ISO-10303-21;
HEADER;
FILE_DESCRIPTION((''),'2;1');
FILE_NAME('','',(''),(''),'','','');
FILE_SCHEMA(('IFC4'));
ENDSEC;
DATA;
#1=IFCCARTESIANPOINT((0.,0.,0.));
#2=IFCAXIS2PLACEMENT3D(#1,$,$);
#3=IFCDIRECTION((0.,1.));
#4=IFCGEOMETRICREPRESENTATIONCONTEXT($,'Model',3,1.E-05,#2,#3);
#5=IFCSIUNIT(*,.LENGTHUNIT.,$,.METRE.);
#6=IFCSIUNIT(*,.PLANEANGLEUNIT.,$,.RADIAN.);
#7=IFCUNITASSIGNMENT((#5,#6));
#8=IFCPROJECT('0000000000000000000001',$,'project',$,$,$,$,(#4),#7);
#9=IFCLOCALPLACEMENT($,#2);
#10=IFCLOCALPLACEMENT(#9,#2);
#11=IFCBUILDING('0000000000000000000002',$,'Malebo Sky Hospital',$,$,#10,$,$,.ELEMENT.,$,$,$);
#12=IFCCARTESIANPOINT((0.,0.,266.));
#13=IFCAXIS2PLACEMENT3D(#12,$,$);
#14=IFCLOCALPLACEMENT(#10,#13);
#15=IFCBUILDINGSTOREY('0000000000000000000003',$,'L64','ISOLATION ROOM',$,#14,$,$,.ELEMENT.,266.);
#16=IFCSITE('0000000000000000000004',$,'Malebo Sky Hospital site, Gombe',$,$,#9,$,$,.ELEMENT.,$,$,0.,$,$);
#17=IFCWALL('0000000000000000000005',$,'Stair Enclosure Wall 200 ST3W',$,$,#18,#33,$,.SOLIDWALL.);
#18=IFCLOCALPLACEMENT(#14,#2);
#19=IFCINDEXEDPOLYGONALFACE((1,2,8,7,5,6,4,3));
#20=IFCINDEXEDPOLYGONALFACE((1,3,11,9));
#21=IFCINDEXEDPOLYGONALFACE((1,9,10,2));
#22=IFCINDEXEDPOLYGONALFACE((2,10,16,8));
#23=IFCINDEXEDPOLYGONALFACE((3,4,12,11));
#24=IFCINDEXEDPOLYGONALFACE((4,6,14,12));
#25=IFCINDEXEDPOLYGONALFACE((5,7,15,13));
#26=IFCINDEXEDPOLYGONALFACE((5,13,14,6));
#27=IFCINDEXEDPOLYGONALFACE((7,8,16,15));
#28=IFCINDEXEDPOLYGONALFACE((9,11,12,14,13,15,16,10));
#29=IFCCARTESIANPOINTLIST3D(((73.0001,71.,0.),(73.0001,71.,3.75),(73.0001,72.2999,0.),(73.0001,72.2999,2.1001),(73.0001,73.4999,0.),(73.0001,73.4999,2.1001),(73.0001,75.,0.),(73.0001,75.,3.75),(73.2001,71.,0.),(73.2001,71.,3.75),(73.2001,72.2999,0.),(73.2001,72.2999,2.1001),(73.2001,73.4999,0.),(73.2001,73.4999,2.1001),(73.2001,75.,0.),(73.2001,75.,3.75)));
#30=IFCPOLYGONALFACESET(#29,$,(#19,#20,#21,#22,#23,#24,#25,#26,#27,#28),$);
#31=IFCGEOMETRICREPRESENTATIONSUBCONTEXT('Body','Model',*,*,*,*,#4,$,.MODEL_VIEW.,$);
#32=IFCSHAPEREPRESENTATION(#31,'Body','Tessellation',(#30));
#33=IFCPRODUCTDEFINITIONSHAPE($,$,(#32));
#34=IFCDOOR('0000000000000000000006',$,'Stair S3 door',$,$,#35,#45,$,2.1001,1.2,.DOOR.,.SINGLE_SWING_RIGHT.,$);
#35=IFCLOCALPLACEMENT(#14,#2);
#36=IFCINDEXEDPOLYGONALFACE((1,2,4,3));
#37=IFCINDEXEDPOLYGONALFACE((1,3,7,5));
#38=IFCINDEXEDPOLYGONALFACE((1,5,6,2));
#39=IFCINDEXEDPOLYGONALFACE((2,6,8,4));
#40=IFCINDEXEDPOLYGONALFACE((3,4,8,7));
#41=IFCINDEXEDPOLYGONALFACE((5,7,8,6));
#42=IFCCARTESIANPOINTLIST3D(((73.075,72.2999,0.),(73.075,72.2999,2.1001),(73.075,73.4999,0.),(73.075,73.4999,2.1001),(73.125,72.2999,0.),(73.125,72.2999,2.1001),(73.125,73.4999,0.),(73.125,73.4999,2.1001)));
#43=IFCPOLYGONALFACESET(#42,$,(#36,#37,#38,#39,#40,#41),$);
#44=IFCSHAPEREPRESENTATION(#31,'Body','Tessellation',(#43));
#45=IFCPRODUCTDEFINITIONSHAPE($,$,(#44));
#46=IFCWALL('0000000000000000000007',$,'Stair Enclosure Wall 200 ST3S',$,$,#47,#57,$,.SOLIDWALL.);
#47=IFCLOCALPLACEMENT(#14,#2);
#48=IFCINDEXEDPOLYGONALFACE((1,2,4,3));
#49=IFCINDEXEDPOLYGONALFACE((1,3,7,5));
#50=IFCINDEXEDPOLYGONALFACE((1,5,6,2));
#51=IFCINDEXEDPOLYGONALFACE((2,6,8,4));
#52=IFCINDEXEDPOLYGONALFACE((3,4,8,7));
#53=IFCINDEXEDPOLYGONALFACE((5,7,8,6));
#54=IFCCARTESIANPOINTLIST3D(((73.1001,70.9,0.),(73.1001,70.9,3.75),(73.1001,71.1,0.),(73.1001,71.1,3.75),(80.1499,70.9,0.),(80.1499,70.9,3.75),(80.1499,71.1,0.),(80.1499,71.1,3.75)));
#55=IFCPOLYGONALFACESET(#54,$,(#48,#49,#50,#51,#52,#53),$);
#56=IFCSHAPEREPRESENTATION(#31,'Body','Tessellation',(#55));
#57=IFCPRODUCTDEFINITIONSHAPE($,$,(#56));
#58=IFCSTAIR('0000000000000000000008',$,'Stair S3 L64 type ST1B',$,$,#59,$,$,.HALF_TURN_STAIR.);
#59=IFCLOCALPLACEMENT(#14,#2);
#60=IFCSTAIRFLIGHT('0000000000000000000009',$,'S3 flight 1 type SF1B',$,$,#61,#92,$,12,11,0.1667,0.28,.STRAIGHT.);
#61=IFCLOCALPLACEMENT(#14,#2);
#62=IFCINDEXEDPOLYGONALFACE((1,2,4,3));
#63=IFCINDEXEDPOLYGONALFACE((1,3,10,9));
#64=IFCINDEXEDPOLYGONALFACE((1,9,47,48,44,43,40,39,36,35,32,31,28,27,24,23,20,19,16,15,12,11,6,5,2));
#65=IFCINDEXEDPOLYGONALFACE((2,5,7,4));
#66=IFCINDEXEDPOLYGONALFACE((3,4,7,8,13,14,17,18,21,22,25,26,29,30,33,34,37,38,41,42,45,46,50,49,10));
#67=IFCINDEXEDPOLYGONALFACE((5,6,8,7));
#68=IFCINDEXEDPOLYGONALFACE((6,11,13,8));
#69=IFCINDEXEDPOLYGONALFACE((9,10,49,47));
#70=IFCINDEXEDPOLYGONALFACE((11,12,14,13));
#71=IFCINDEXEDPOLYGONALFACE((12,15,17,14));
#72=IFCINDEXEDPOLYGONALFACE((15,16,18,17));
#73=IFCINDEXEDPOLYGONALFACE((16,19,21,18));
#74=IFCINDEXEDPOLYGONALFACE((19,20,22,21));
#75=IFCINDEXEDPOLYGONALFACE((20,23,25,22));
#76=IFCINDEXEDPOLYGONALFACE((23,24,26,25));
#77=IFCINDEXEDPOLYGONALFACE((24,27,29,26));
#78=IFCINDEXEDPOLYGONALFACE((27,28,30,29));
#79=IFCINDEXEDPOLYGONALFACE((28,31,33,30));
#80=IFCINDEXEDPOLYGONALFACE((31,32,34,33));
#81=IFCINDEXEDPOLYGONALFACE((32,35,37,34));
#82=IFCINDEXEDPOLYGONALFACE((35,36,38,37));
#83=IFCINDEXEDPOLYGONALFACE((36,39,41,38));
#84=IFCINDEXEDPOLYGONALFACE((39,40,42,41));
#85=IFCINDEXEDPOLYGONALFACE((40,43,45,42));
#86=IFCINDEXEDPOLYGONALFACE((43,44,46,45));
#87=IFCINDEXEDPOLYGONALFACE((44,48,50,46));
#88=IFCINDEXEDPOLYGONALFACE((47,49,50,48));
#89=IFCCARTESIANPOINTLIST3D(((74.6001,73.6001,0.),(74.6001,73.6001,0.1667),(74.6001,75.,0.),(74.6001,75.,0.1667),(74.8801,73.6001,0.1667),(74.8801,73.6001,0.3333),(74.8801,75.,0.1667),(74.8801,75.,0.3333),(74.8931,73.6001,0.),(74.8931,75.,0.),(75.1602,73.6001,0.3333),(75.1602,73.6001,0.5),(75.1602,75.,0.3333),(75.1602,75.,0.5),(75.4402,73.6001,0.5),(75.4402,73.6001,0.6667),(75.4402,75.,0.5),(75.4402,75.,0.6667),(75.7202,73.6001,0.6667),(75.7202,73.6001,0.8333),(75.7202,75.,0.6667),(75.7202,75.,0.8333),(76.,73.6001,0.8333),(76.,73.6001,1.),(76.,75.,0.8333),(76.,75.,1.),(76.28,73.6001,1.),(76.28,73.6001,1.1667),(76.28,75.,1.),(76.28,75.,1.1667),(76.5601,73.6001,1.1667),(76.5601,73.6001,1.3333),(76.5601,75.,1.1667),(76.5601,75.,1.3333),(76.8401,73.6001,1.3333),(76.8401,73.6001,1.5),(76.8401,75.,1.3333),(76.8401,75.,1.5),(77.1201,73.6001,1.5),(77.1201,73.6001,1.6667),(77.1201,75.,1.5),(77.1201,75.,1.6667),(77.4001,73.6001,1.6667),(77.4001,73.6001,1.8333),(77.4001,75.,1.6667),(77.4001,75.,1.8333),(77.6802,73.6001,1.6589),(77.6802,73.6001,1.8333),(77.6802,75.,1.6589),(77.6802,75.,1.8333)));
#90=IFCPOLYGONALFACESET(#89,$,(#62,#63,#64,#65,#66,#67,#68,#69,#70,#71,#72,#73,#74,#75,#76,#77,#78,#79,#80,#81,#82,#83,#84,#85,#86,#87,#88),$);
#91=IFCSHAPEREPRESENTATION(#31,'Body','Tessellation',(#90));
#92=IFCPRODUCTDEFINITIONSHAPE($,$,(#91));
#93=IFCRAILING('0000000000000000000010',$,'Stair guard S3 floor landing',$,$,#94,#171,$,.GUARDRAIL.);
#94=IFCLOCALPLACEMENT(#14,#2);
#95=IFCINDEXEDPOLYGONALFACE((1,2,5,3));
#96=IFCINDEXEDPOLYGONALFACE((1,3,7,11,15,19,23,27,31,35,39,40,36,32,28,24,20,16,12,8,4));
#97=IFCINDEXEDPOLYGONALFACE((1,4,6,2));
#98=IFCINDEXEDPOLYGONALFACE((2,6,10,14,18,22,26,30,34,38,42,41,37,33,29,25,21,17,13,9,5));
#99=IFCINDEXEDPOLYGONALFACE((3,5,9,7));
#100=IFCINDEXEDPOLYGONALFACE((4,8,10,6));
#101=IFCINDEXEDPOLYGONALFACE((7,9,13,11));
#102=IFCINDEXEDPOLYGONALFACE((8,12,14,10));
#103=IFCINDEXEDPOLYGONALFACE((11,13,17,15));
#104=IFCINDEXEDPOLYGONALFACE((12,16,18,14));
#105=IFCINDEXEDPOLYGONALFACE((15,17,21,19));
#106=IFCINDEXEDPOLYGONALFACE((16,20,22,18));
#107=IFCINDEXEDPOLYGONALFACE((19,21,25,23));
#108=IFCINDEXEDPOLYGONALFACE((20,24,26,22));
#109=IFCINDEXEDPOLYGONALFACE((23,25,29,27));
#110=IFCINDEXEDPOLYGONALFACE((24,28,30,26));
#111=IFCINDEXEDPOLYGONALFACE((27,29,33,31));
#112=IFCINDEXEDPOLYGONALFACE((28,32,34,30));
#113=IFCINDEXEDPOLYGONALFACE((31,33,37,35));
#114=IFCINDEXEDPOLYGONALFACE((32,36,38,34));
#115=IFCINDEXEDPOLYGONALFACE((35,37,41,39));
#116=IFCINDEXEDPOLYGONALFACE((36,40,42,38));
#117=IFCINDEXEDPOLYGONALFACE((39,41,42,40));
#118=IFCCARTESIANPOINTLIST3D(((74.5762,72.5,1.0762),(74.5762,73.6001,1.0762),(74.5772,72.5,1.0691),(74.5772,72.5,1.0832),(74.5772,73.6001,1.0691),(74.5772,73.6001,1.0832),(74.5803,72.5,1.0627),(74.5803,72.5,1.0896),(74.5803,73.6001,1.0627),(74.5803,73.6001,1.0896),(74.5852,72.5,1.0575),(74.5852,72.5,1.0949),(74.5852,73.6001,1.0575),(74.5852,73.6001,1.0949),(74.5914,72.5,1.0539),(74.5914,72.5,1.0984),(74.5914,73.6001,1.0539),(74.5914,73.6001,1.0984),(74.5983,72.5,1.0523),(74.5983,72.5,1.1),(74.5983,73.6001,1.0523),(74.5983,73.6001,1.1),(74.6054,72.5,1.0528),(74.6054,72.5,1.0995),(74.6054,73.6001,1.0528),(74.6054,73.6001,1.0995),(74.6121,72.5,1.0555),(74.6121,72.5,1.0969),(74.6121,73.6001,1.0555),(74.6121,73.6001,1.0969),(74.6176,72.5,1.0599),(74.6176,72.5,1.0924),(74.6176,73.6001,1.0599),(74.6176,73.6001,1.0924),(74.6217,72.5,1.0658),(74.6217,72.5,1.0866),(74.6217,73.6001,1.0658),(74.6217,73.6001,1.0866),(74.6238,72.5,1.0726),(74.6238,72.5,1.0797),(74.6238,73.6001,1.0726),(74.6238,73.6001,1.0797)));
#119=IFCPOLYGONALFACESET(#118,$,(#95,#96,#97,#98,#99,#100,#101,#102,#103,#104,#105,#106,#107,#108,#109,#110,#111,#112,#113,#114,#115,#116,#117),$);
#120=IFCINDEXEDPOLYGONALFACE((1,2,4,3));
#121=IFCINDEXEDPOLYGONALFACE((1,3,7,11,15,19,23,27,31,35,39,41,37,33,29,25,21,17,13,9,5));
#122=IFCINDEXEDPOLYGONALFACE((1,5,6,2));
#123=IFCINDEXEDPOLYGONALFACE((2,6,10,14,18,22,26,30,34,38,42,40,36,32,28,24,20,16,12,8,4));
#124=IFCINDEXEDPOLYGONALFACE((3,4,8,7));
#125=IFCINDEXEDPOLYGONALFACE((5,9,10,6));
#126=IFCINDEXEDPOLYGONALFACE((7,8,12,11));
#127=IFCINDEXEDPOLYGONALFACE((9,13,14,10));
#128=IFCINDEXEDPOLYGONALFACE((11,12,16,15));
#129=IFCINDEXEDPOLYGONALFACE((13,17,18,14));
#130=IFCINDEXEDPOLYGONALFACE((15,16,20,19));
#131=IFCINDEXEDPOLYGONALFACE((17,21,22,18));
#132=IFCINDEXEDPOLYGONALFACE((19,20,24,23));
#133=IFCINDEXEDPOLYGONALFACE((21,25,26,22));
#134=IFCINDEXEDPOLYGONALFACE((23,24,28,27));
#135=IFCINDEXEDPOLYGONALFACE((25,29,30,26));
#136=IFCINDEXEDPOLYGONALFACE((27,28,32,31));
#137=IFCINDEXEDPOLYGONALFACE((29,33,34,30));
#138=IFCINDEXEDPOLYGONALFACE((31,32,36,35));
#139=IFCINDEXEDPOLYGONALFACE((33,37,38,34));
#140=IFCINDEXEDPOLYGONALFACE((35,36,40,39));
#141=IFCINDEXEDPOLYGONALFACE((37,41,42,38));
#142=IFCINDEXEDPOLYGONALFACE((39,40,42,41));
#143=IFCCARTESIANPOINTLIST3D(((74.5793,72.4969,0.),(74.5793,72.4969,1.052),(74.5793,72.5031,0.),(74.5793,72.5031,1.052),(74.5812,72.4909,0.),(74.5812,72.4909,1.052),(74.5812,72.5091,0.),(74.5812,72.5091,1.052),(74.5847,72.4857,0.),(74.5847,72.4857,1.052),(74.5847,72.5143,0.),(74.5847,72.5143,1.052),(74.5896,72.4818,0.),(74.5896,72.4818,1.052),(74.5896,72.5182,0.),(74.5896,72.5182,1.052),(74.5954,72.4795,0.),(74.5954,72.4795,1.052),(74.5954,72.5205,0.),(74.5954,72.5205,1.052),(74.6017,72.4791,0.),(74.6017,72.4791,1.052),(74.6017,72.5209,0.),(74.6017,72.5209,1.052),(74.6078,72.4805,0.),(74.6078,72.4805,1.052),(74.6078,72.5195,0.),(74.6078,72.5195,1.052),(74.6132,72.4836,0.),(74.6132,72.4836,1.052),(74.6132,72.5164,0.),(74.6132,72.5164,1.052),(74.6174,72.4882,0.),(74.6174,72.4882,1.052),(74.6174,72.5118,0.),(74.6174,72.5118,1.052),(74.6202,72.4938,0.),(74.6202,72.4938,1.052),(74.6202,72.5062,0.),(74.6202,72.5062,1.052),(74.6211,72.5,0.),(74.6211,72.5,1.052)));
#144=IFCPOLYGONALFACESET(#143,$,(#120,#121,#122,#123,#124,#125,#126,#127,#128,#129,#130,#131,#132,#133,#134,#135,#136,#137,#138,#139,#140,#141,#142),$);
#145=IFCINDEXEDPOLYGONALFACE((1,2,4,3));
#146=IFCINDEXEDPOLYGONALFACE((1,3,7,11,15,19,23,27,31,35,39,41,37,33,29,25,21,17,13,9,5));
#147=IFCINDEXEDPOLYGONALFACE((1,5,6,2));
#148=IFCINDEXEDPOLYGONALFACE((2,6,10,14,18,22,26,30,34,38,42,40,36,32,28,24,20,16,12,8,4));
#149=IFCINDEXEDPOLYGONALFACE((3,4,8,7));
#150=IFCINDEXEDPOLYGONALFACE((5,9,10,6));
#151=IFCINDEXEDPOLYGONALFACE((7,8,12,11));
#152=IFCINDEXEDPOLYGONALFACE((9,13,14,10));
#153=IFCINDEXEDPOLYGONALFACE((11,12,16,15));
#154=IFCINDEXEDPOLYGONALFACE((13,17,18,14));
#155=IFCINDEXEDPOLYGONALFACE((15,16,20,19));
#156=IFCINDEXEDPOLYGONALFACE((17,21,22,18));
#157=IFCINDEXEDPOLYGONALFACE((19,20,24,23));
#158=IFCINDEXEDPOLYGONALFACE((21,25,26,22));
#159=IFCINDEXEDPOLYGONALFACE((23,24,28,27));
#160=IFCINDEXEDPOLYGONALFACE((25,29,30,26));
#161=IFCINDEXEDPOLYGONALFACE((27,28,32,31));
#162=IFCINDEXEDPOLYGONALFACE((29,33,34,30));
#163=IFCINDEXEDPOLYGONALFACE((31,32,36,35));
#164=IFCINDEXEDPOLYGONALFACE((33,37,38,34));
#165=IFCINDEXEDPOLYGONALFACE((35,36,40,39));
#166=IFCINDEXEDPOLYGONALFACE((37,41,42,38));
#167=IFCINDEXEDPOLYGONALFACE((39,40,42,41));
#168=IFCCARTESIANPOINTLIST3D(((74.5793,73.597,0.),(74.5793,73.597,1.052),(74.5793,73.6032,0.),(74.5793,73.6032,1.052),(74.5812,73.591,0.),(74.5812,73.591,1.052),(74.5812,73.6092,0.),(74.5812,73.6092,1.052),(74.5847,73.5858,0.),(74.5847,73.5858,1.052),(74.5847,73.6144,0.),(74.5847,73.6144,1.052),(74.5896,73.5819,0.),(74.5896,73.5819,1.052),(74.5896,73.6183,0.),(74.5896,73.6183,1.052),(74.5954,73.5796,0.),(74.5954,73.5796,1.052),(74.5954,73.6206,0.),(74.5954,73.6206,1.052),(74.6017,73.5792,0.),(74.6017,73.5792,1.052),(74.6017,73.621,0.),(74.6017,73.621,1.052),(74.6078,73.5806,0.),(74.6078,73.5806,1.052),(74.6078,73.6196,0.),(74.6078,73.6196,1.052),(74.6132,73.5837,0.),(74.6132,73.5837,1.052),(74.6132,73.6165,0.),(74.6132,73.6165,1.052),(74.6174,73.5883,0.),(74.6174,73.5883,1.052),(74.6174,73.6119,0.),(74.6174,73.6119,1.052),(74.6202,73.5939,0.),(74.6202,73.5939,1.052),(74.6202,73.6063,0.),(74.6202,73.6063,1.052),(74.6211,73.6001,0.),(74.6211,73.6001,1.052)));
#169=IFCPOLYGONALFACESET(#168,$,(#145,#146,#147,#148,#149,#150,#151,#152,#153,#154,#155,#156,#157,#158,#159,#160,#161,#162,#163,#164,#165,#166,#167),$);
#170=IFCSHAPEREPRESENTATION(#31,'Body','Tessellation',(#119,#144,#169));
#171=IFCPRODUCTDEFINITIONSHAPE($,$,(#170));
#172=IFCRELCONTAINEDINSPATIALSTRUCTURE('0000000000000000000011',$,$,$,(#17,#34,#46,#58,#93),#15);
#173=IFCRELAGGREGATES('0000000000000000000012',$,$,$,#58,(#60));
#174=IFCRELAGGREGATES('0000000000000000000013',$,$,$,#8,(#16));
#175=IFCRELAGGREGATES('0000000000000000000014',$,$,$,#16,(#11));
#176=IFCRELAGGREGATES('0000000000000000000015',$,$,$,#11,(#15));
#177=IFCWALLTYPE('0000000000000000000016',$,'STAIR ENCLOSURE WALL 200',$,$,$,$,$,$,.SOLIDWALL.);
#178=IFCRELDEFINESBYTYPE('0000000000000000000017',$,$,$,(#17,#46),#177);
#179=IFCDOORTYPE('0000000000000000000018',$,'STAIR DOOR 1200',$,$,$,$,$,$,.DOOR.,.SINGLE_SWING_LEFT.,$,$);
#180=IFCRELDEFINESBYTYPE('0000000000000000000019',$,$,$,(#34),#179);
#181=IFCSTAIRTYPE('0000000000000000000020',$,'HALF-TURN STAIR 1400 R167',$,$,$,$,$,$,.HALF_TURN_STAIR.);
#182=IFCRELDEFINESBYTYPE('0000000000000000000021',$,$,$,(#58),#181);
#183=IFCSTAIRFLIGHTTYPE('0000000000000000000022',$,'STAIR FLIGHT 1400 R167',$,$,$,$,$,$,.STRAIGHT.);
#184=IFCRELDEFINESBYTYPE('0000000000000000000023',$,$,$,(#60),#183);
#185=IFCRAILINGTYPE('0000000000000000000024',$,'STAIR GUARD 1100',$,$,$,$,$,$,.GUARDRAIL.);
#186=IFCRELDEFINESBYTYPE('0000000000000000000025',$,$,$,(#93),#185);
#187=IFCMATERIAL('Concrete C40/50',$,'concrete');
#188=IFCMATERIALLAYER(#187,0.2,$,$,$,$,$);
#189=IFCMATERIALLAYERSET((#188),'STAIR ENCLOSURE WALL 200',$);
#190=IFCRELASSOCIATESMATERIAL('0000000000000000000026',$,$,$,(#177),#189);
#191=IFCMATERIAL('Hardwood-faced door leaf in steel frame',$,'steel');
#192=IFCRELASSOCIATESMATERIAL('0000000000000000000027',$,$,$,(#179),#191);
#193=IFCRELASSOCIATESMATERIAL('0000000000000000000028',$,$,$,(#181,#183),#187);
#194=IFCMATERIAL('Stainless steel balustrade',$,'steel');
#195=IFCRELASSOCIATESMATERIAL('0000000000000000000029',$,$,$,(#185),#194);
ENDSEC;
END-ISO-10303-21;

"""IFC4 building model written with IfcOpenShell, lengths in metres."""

from ifc_helpers import new_model, si_unit, direction, frame, frame_2d, origin, origin_2d, place, context, subcontext, project, spatial, polyline, rectangle, circle, outline, extrude, material, layer, layer_set, type_object, element, fill, aggregate, save


model = new_model("IFC4")

# Units and contexts
model_context = context("Model", 3, precision=1e-05, world=origin(), true_north=direction((0.0, 1.0)))
body_context = subcontext(model_context, "Body", "Model", "MODEL_VIEW")
ifc_project = project(units=[si_unit("LENGTHUNIT", "METRE"), si_unit("PLANEANGLEUNIT", "RADIAN")], contexts=[model_context])

# Site, building, storey
site_placement = place(None, origin())
site = spatial("IfcSite", under=ifc_project, at=site_placement, Name="Malebo Sky Hospital site, Gombe", CompositionType="ELEMENT", RefElevation=0.0)
building_placement = place(site_placement, origin())
building = spatial("IfcBuilding", under=site, at=building_placement, Name="Malebo Sky Hospital", CompositionType="ELEMENT")
storey_placement = place(building_placement, frame((0.0, 0.0, 266.0)))
storey = spatial("IfcBuildingStorey", under=building, at=storey_placement, Name="L64", Description="ISOLATION ROOM", CompositionType="ELEMENT", Elevation=266.0)

# Shared definitions
ifc_material_1 = material(Name="Hardwood-faced door leaf in steel frame", Category="steel")

# Wall, opening, door
ifc_material_2 = material(Name="Concrete C40/50", Category="concrete")
ifc_layer_1 = layer(ifc_material_2, 0.2)
ifc_layer_set_1 = layer_set([ifc_layer_1], Name="STAIR ENCLOSURE WALL 200")
wall_type_1 = type_object("IfcWallType", Name="STAIR ENCLOSURE WALL 200", PredefinedType="SOLIDWALL", material=ifc_layer_set_1)
wall_1_placement = place(storey_placement, frame((73.1001, 75.0, 0.0), z_axis=(0.0, 0.0, 1.0), x_axis=(0.0, -1.0, 0.0)))
wall_1 = element("IfcWall", 1, at=wall_1_placement, inside=storey, type_object=wall_type_1, Name="Stair Enclosure Wall 200 ST3W", PredefinedType="SOLIDWALL", context=body_context, shape_type="SweptSolid", body=[
    extrude(rectangle(XDim=4.0, YDim=0.2, at=frame_2d((2.0, 0.0))), origin(), (0.0, 0.0, 1.0), 3.75),
])
opening_1_placement = place(wall_1_placement, frame((1.5, 0.0, 0.0)))
opening_1 = element("IfcOpeningElement", 2, at=opening_1_placement, cuts=wall_1, PredefinedType="OPENING", context=body_context, shape_type="SweptSolid", body=[
    extrude(rectangle(XDim=1.2, YDim=2.1001, at=frame_2d((0.6001, 1.05))), frame((0.0, 0.1099, 0.0), z_axis=(0.0, -1.0, 0.0), x_axis=(1.0, 0.0, 0.0)), (0.0, 0.0, 1.0), 0.22),
])
door_type_1 = type_object("IfcDoorType", Name="STAIR DOOR 1200", OperationType="SINGLE_SWING_LEFT", PredefinedType="DOOR", material=ifc_material_1)
door_1_placement = place(opening_1_placement, origin())
door_1 = element("IfcDoor", 3, at=door_1_placement, inside=storey, type_object=door_type_1, Name="Stair S3 door", OperationType="SINGLE_SWING_RIGHT", OverallHeight=2.1001, OverallWidth=1.2, PredefinedType="DOOR", context=body_context, shape_type="SweptSolid", body=[
    extrude(rectangle(XDim=1.2, YDim=2.1001, at=frame_2d((0.6001, 1.05))), frame((0.0, 0.0249, 0.0), z_axis=(0.0, -1.0, 0.0), x_axis=(1.0, 0.0, 0.0)), (0.0, 0.0, 1.0), 0.05),
])
fill(opening_1, door_1)

# Wall
wall_2_placement = place(storey_placement, frame((73.1001, 71.0, 0.0), z_axis=(0.0, 0.0, 1.0), x_axis=(1.0, 0.0, 0.0)))
element("IfcWall", 4, at=wall_2_placement, inside=storey, type_object=wall_type_1, Name="Stair Enclosure Wall 200 ST3S", PredefinedType="SOLIDWALL", context=body_context, shape_type="SweptSolid", body=[
    extrude(rectangle(XDim=7.0498, YDim=0.2, at=frame_2d((3.5249, 0.0))), origin(), (0.0, 0.0, 1.0), 3.75),
])

# Stair, stair flight
stair_type = type_object("IfcStairType", Name="HALF-TURN STAIR 1400 R167", PredefinedType="HALF_TURN_STAIR", material=ifc_material_2)
stair_placement = place(storey_placement, origin())
stair = element("IfcStair", 5, at=stair_placement, inside=storey, type_object=stair_type, Name="Stair S3 L64 type ST1B", PredefinedType="HALF_TURN_STAIR")
stair_flight_type = type_object("IfcStairFlightType", Name="STAIR FLIGHT 1400 R167", PredefinedType="STRAIGHT", material=ifc_material_2)
stair_flight_placement = place(storey_placement, frame((74.6001, 74.3, 0.0), z_axis=(0.0, 0.0, 1.0), x_axis=(1.0, 0.0, 0.0)))
stair_flight = element("IfcStairFlight", 6, at=stair_flight_placement, type_object=stair_flight_type, Name="S3 flight 1 type SF1B", NumberOfRisers=12, NumberOfTreads=11, PredefinedType="STRAIGHT", RiserHeight=0.1667, TreadLength=0.28, context=body_context, shape_type="SweptSolid", body=[
    extrude(outline(polyline([(0.0, 0.0), (0.0, 0.1667), (0.28, 0.1667), (0.28, 0.3333), (0.5601, 0.3333), (0.5601, 0.5), (0.8401, 0.5), (0.8401, 0.6667), (1.1201, 0.6667), (1.1201, 0.8333), (1.3999, 0.8333), (1.3999, 1.0), (1.6799, 1.0), (1.6799, 1.1667), (1.96, 1.1667), (1.96, 1.3333), (2.24, 1.3333), (2.24, 1.5), (2.52, 1.5), (2.52, 1.6667), (2.8, 1.6667), (2.8, 1.8333), (3.0801, 1.8333), (3.0801, 2.0), (3.0801, 1.6589), (0.293, 0.0), (0.0, 0.0)])), frame((0.0, 0.7, 0.0), z_axis=(0.0, -1.0, 0.0), x_axis=(1.0, 0.0, 0.0)), (0.0, 0.0, 1.0), 1.3999),
])
aggregate(stair, [stair_flight])

# Railing
ifc_material_3 = material(Name="Stainless steel balustrade", Category="steel")
railing_type_1 = type_object("IfcRailingType", Name="STAIR GUARD 1100", PredefinedType="GUARDRAIL", material=ifc_material_3)
railing_1_placement = place(storey_placement, frame((74.6001, 72.5, 0.0)))
element("IfcRailing", 7, at=railing_1_placement, inside=storey, type_object=railing_type_1, Name="Stair guard S3 floor landing", PredefinedType="GUARDRAIL", context=body_context, shape_type="SweptSolid", body=[
    extrude(circle(Radius=0.0239, at=origin_2d()), frame((0.0, 0.0, 1.0762), z_axis=(0.0, 1.0, 0.0), x_axis=(-1.0, 0.0, 0.0)), (0.0, 0.0, 1.0), 1.1001),
    extrude(circle(Radius=0.021, at=origin_2d()), origin(), (0.0, 0.0, 1.0), 1.052),
    extrude(circle(Radius=0.021, at=origin_2d()), frame((0.0, 1.1001, 0.0)), (0.0, 0.0, 1.0), 1.052),
])

save(model, "model.ifc")
